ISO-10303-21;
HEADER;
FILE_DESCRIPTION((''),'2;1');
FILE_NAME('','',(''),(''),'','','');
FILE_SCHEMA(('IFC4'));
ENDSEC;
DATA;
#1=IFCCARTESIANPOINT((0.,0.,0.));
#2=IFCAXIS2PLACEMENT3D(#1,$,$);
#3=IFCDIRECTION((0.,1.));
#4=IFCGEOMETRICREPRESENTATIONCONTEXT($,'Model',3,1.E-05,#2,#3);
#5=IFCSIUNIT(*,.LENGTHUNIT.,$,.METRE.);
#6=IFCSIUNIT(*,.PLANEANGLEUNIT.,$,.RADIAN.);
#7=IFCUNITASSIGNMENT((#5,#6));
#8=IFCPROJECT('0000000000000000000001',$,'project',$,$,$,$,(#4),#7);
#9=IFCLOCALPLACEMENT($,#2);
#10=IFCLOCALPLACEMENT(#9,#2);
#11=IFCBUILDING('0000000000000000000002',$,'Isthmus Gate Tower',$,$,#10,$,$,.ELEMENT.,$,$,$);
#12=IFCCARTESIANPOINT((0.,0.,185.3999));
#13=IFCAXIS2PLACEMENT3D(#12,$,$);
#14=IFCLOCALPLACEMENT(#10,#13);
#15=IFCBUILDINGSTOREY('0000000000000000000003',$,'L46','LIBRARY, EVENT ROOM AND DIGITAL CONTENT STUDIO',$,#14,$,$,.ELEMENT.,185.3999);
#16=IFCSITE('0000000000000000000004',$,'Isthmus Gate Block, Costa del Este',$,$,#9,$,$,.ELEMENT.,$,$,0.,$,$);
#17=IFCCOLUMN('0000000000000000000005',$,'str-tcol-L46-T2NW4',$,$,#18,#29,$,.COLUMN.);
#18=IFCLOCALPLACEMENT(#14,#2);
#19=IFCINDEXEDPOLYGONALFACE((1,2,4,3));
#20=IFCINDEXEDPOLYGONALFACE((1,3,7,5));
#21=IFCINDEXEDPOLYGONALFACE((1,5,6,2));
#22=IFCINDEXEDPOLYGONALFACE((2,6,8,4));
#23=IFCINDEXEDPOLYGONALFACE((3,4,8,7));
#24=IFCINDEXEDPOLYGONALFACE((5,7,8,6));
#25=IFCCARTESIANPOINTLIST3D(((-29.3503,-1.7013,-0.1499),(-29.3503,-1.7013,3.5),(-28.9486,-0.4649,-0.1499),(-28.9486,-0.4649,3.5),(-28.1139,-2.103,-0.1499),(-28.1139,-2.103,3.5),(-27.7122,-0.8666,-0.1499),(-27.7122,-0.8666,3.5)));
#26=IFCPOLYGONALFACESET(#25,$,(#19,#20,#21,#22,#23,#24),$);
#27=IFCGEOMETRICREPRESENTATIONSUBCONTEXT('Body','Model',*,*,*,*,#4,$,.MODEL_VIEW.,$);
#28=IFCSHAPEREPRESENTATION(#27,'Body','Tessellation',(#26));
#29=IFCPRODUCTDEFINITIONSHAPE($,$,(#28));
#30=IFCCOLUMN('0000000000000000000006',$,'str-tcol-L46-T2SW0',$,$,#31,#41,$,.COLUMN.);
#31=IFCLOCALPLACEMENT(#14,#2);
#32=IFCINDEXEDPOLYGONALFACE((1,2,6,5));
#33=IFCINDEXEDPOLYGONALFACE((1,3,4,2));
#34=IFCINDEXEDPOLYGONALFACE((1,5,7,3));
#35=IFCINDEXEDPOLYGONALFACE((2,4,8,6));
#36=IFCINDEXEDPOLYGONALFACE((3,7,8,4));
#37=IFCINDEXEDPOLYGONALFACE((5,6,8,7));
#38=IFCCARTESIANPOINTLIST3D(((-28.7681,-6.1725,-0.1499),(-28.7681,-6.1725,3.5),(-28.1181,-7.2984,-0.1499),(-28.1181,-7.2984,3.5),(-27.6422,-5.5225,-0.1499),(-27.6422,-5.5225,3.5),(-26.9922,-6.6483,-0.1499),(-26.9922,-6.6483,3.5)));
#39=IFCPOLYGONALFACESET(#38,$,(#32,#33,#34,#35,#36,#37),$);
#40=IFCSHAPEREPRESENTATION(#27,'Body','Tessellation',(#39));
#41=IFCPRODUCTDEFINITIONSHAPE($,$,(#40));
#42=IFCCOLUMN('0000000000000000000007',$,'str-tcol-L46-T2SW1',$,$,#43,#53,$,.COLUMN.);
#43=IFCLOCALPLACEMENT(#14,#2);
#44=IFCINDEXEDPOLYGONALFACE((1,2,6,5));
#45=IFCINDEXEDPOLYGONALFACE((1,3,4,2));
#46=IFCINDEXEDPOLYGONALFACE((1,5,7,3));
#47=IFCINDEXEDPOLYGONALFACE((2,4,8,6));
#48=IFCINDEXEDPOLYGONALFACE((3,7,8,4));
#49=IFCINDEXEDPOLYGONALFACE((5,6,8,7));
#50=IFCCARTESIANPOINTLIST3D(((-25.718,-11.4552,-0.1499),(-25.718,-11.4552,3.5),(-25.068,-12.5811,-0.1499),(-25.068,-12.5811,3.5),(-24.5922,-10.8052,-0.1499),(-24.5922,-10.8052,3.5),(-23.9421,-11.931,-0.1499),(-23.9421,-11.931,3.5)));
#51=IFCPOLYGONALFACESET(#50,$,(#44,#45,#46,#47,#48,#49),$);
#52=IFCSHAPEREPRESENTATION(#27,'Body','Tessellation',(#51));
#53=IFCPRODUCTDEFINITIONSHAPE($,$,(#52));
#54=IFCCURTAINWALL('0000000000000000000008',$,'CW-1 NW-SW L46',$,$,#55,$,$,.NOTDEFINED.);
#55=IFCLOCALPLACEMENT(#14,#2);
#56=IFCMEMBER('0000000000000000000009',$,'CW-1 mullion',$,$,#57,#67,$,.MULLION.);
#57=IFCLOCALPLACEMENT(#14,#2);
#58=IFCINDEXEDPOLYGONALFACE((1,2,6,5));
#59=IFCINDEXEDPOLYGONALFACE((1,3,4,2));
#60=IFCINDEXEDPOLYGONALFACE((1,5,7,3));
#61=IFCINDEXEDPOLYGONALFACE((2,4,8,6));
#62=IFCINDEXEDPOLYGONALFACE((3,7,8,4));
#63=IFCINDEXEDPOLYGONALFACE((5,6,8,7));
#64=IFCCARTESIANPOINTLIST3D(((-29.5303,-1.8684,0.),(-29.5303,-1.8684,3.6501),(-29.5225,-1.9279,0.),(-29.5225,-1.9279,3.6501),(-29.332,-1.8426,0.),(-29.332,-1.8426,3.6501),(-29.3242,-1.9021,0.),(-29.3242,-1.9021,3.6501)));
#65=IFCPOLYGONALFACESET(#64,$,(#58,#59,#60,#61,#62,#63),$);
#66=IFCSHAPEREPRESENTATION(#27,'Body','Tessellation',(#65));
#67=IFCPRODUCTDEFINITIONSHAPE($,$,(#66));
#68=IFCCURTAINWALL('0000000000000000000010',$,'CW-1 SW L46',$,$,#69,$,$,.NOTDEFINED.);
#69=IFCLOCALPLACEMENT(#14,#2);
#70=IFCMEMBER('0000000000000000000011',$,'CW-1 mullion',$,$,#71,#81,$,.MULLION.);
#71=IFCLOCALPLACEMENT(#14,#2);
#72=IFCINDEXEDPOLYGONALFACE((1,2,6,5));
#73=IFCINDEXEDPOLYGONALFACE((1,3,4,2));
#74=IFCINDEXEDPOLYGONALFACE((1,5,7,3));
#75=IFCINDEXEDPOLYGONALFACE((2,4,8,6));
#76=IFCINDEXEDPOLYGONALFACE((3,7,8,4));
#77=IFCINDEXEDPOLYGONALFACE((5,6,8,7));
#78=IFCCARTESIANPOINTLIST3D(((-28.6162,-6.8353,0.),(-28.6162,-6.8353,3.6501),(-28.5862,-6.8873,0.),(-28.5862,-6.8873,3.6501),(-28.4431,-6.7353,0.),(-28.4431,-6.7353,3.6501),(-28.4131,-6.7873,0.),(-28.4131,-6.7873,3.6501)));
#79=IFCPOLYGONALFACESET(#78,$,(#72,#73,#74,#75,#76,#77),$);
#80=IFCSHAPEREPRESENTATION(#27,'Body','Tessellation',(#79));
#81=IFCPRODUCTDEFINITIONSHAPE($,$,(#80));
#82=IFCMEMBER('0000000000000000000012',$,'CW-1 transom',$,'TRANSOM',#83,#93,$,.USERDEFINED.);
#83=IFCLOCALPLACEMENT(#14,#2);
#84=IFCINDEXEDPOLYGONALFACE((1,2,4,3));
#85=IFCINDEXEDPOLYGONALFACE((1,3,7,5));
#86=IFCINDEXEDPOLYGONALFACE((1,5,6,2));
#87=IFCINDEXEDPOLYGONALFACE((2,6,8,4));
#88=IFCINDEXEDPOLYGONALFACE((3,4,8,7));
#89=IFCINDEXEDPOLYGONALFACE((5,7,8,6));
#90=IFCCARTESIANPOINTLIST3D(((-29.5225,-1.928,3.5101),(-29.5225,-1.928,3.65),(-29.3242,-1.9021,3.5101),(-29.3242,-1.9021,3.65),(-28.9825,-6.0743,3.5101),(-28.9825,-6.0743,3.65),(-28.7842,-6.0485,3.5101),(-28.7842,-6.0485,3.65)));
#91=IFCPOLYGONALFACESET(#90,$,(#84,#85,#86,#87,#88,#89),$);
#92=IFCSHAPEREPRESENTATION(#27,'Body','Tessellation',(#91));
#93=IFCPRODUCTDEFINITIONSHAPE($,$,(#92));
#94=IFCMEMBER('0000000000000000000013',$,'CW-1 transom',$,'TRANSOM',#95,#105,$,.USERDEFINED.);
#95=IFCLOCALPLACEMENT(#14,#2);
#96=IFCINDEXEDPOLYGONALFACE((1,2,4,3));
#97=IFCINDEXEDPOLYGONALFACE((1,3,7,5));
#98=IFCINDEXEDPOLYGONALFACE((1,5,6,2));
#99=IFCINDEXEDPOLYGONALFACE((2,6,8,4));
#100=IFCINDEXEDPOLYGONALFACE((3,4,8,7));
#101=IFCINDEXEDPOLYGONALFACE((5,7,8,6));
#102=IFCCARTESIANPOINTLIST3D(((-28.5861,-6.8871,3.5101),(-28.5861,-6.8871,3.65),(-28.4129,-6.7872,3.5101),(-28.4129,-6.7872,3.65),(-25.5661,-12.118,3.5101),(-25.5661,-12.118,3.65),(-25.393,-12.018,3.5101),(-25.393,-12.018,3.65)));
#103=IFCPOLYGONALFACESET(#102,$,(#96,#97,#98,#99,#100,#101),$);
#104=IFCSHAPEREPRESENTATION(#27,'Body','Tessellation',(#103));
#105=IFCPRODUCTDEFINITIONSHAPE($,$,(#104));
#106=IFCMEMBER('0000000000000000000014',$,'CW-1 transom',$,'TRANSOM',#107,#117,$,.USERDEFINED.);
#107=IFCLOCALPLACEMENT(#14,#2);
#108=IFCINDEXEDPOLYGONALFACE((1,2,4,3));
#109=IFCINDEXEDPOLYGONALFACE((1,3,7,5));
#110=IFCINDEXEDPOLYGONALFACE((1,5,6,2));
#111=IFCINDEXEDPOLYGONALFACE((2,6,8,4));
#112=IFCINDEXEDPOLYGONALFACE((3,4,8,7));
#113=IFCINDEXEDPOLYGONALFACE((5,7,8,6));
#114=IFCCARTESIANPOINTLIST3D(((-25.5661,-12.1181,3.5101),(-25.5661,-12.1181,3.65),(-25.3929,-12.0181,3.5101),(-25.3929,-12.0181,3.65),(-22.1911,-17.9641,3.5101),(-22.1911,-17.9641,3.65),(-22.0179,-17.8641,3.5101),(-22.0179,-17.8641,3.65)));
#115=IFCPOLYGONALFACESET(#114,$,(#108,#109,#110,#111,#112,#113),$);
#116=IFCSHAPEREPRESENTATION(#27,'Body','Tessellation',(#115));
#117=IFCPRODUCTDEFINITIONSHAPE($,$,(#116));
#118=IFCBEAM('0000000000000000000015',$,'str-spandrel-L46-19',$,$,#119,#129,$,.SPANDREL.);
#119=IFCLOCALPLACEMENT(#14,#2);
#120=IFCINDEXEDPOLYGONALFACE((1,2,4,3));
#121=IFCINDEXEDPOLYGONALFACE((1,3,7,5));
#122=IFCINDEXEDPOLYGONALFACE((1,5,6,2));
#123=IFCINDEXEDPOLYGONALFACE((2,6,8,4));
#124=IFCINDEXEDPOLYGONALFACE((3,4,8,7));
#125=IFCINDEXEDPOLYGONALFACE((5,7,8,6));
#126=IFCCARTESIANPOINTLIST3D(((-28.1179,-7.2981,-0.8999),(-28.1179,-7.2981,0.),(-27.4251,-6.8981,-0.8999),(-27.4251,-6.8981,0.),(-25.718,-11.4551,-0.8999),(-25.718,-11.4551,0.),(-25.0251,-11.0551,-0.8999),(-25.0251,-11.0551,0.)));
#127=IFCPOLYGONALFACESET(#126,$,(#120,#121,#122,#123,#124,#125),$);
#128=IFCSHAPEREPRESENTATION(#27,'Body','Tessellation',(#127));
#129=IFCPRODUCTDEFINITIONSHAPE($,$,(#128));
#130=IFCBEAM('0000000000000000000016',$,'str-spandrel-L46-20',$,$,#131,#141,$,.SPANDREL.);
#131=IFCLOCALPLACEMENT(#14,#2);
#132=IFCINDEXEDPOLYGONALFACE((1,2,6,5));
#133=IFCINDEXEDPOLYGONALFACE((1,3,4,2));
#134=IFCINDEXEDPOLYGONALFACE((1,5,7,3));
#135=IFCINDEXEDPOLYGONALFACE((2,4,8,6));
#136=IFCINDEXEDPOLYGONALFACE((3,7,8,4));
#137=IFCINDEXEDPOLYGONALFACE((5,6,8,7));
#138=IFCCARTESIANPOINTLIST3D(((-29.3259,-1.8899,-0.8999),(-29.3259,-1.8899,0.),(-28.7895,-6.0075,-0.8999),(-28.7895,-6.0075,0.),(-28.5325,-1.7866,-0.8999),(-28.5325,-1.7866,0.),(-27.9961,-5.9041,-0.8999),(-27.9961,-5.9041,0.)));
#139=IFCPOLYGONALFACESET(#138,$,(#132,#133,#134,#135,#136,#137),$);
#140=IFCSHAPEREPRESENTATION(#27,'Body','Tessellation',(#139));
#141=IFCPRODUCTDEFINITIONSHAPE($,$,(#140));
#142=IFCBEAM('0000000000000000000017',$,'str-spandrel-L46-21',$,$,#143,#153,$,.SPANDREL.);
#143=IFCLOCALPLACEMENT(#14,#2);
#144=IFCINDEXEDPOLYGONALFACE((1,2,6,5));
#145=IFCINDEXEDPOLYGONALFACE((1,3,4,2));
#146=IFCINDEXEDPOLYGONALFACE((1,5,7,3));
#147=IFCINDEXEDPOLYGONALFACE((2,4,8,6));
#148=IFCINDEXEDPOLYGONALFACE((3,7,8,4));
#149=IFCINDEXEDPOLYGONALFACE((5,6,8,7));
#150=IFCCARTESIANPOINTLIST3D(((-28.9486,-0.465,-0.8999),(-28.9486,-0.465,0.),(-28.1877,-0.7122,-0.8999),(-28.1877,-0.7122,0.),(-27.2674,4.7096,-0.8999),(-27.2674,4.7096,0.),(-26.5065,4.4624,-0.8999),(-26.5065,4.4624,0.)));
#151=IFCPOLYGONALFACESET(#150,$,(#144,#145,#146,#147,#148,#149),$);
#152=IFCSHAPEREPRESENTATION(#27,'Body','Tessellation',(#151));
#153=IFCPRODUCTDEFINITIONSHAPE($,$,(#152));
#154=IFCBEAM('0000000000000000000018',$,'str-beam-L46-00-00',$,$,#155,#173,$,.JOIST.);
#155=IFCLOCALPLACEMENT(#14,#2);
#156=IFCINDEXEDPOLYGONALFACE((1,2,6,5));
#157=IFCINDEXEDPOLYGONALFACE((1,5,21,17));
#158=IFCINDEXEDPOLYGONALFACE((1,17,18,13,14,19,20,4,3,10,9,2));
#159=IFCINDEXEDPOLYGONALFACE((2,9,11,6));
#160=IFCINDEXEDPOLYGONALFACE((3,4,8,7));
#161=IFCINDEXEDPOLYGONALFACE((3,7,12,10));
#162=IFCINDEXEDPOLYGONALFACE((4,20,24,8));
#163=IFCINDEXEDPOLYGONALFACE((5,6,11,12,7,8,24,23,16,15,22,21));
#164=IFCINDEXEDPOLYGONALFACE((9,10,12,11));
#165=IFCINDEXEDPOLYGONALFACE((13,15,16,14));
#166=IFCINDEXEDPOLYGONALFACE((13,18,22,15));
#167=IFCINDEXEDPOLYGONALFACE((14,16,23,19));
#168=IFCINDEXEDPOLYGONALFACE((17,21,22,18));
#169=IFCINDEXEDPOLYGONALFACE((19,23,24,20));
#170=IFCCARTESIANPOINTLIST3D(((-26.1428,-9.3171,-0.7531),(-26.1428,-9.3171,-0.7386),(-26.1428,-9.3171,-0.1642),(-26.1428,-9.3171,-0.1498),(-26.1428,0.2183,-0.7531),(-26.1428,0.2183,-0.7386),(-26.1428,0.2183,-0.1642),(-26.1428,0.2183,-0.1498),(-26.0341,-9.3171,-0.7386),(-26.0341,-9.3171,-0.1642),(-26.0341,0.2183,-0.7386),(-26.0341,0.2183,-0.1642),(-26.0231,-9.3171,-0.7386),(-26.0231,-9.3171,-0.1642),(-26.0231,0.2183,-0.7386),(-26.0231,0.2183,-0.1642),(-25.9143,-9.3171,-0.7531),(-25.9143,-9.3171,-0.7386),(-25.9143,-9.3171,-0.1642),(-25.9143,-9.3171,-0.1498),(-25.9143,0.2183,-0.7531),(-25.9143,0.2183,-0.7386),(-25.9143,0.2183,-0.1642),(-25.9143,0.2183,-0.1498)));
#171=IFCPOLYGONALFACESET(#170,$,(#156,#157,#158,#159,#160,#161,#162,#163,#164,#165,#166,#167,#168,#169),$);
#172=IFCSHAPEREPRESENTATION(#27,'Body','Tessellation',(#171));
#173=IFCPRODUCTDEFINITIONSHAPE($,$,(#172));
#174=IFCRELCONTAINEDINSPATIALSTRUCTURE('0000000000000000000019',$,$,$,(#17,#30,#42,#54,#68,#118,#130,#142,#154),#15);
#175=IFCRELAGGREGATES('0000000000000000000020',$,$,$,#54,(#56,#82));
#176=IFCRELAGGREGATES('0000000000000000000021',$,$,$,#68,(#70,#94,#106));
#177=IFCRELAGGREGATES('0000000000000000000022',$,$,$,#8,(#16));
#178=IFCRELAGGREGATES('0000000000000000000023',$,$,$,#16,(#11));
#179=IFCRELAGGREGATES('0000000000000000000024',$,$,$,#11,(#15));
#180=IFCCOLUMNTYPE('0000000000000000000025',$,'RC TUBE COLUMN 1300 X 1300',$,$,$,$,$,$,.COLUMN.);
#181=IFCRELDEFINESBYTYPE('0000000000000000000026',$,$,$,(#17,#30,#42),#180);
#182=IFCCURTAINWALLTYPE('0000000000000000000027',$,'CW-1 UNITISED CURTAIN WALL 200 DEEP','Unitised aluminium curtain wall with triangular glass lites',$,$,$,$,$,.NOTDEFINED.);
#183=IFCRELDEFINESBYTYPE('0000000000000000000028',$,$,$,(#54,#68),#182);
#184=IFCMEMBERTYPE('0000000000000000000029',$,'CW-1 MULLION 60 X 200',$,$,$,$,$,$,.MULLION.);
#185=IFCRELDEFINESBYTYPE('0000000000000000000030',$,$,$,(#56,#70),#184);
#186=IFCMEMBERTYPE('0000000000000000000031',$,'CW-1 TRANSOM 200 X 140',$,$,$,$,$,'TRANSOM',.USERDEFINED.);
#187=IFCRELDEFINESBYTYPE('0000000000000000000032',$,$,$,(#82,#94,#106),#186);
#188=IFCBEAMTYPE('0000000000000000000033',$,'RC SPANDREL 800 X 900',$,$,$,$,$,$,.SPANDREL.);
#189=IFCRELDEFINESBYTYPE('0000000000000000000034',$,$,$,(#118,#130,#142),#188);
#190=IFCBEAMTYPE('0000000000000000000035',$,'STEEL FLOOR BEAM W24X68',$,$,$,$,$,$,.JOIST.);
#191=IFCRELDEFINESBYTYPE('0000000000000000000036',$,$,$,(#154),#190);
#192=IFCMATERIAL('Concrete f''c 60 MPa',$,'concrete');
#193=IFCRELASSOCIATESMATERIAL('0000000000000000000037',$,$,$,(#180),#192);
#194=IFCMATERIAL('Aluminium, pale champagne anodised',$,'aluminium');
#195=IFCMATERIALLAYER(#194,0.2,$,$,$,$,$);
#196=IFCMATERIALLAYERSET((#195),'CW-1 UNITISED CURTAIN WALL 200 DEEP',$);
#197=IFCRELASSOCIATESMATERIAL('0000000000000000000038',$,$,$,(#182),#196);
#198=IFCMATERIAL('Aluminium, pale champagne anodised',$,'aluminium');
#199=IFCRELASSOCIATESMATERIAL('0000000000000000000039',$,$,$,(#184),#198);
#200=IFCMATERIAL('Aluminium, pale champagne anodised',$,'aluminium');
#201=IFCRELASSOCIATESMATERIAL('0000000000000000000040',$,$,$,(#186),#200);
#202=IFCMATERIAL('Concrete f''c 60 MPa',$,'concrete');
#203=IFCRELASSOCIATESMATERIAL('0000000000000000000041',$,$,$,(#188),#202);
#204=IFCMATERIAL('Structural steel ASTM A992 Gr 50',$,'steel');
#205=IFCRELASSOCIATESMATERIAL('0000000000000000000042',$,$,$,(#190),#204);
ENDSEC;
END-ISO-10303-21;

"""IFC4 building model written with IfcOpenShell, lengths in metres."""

from ifc_helpers import new_model, si_unit, direction, frame, origin, origin_2d, place, context, subcontext, project, spatial, rectangle, i_section, extrude, material, layer, layer_set, material_profile, profile_set, type_object, element, aggregate, save


model = new_model("IFC4")

# Units and contexts
model_context = context("Model", 3, precision=1e-05, world=origin(), true_north=direction((0.0, 1.0)))
body_context = subcontext(model_context, "Body", "Model", "MODEL_VIEW")
ifc_project = project(units=[si_unit("LENGTHUNIT", "METRE"), si_unit("PLANEANGLEUNIT", "RADIAN")], contexts=[model_context])

# Site, building, storey
site_placement = place(None, origin())
site = spatial("IfcSite", under=ifc_project, at=site_placement, Name="Isthmus Gate Block, Costa del Este", CompositionType="ELEMENT", RefElevation=0.0)
building_placement = place(site_placement, origin())
building = spatial("IfcBuilding", under=site, at=building_placement, Name="Isthmus Gate Tower", CompositionType="ELEMENT")
storey_placement = place(building_placement, frame((0.0, 0.0, 185.3999)))
storey = spatial("IfcBuildingStorey", under=building, at=storey_placement, Name="L46", Description="LIBRARY, EVENT ROOM AND DIGITAL CONTENT STUDIO", CompositionType="ELEMENT", Elevation=185.3999)

# Columns
ifc_material_1 = material(Name="Concrete f'c 60 MPa", Category="concrete")
ifc_material_profile_1 = material_profile(ifc_material_1, rectangle(XDim=1.3, YDim=1.3, at=origin_2d()), Name="RC 1300X1300")
ifc_profile_set_1 = profile_set([ifc_material_profile_1], Name="Concrete f'c 60 MPa")
column_type = type_object("IfcColumnType", Name="RC TUBE COLUMN 1300 X 1300", PredefinedType="COLUMN", material=ifc_profile_set_1)
for number, where, z_axis, x_axis, name in (
    (1, (-28.5312, -1.2839, -0.1499), (0.0, 0.0, 1.0), (-0.309017, -0.951057, 0.0), "str-tcol-L46-T2NW4"),
    (2, (-27.8801, -6.4104, -0.1499), (0.0, 0.0, 1.0), (0.5, -0.866025, 0.0), "str-tcol-L46-T2SW0"),
    (3, (-24.8301, -11.6931, -0.1499), (0.0, 0.0, 1.0), (0.5, -0.866025, 0.0), "str-tcol-L46-T2SW1"),
):
    element("IfcColumn", number, at=place(storey_placement, frame(where, z_axis=z_axis, x_axis=x_axis)), inside=storey, type_object=column_type, Name=name, PredefinedType="COLUMN", context=body_context, shape_type="SweptSolid", body=[
        extrude(rectangle(XDim=1.3, YDim=1.3, at=origin_2d()), origin(), (0.0, 0.0, 1.0), 3.6499),
    ])

# Curtain walls, members
ifc_material_2 = material(Name="Aluminium, pale champagne anodised", Category="aluminium")
ifc_layer_1 = layer(ifc_material_2, 0.2)
ifc_layer_set_1 = layer_set([ifc_layer_1], Name="CW-1 UNITISED CURTAIN WALL 200 DEEP")
curtain_wall_type = type_object("IfcCurtainWallType", Name="CW-1 UNITISED CURTAIN WALL 200 DEEP", Description="Unitised aluminium curtain wall with triangular glass lites", PredefinedType="NOTDEFINED", material=ifc_layer_set_1)
curtain_wall_1_placement = place(storey_placement, origin())
curtain_wall_1 = element("IfcCurtainWall", 4, at=curtain_wall_1_placement, inside=storey, type_object=curtain_wall_type, Name="CW-1 NW-SW L46", PredefinedType="NOTDEFINED")
ifc_material_3 = material(Name="Aluminium, pale champagne anodised", Category="aluminium")
ifc_material_profile_2 = material_profile(ifc_material_3, rectangle(XDim=0.0601, YDim=0.2, at=origin_2d()), Name="60x200")
ifc_profile_set_2 = profile_set([ifc_material_profile_2], Name="Aluminium, pale champagne anodised")
member_type_1 = type_object("IfcMemberType", Name="CW-1 MULLION 60 X 200", PredefinedType="MULLION", material=ifc_profile_set_2)
member_1_placement = place(storey_placement, frame((-29.4272, -1.8853, 0.0), z_axis=(0.0, 0.0, 1.0), x_axis=(0.129165, -0.991623, 0.0)))
member_1 = element("IfcMember", 5, at=member_1_placement, type_object=member_type_1, Name="CW-1 mullion", PredefinedType="MULLION", context=body_context, shape_type="SweptSolid", body=[
    extrude(rectangle(XDim=0.0601, YDim=0.2, at=origin_2d()), origin(), (0.0, 0.0, 1.0), 3.6501),
])
curtain_wall_2_placement = place(storey_placement, origin())
curtain_wall_2 = element("IfcCurtainWall", 6, at=curtain_wall_2_placement, inside=storey, type_object=curtain_wall_type, Name="CW-1 SW L46", PredefinedType="NOTDEFINED")
member_2_placement = place(storey_placement, frame((-28.5146, -6.8113, 0.0), z_axis=(0.0, 0.0, 1.0), x_axis=(0.5, -0.866025, 0.0)))
member_2 = element("IfcMember", 7, at=member_2_placement, type_object=member_type_1, Name="CW-1 mullion", PredefinedType="MULLION", context=body_context, shape_type="SweptSolid", body=[
    extrude(rectangle(XDim=0.0601, YDim=0.2, at=origin_2d()), origin(), (0.0, 0.0, 1.0), 3.6501),
])

# Members
ifc_material_4 = material(Name="Aluminium, pale champagne anodised", Category="aluminium")
ifc_material_profile_3 = material_profile(ifc_material_4, rectangle(XDim=0.2, YDim=0.1399, at=origin_2d()), Name="200x140")
ifc_profile_set_3 = profile_set([ifc_material_profile_3], Name="Aluminium, pale champagne anodised")
member_type_2 = type_object("IfcMemberType", Name="CW-1 TRANSOM 200 X 140", ElementType="TRANSOM", PredefinedType="USERDEFINED", material=ifc_profile_set_3)
member_3_placement = place(storey_placement, frame((-29.4233, -1.915, 3.5801), z_axis=(0.129149, -0.991625, 0.0), x_axis=(0.991625, 0.129149, 0.0)))
member_3 = element("IfcMember", 8, at=member_3_placement, type_object=member_type_2, Name="CW-1 transom", ObjectType="TRANSOM", PredefinedType="USERDEFINED", context=body_context, shape_type="SweptSolid", body=[
    extrude(rectangle(XDim=0.2, YDim=0.1399, at=origin_2d()), origin(), (0.0, 0.0, 1.0), 4.1814),
])
member_4_placement = place(storey_placement, frame((-28.4995, -6.8372, 3.5801), z_axis=(0.499991, -0.866031, 0.0), x_axis=(0.866031, 0.499991, 0.0)))
member_4 = element("IfcMember", 9, at=member_4_placement, type_object=member_type_2, Name="CW-1 transom", ObjectType="TRANSOM", PredefinedType="USERDEFINED", context=body_context, shape_type="SweptSolid", body=[
    extrude(rectangle(XDim=0.2, YDim=0.1399, at=origin_2d()), origin(), (0.0, 0.0, 1.0), 6.04),
])
member_5_placement = place(storey_placement, frame((-25.4795, -12.0681, 3.5801), z_axis=(0.499982, -0.866036, 0.0), x_axis=(0.866036, 0.499982, 0.0)))
member_5 = element("IfcMember", 10, at=member_5_placement, type_object=member_type_2, Name="CW-1 transom", ObjectType="TRANSOM", PredefinedType="USERDEFINED", context=body_context, shape_type="SweptSolid", body=[
    extrude(rectangle(XDim=0.2, YDim=0.1399, at=origin_2d()), origin(), (0.0, 0.0, 1.0), 6.7502),
])

# Beams
ifc_material_5 = material(Name="Concrete f'c 60 MPa", Category="concrete")
ifc_material_profile_4 = material_profile(ifc_material_5, rectangle(XDim=0.8, YDim=0.8999, at=origin_2d()), Name="RC 800X900")
ifc_profile_set_4 = profile_set([ifc_material_profile_4], Name="Concrete f'c 60 MPa")
beam_type_1 = type_object("IfcBeamType", Name="RC SPANDREL 800 X 900", PredefinedType="SPANDREL", material=ifc_profile_set_4)
beam_1_placement = place(storey_placement, frame((-25.3716, -11.2551, -0.45), z_axis=(-0.499979, 0.866037, 0.0), x_axis=(-0.866037, -0.499979, 0.0)))
element("IfcBeam", 11, at=beam_1_placement, inside=storey, type_object=beam_type_1, Name="str-spandrel-L46-19", PredefinedType="SPANDREL", context=body_context, shape_type="SweptSolid", body=[
    extrude(rectangle(XDim=0.8, YDim=0.8999, at=origin_2d()), origin(), (0.0, 0.0, 1.0), 4.8),
])
beam_2_placement = place(storey_placement, frame((-28.3928, -5.9558, -0.45), z_axis=(-0.129171, 0.991622, 0.0), x_axis=(-0.991622, -0.129171, 0.0)))
element("IfcBeam", 12, at=beam_2_placement, inside=storey, type_object=beam_type_1, Name="str-spandrel-L46-20", PredefinedType="SPANDREL", context=body_context, shape_type="SweptSolid", body=[
    extrude(rectangle(XDim=0.8, YDim=0.8999, at=origin_2d()), origin(), (0.0, 0.0, 1.0), 4.1523),
])
beam_3_placement = place(storey_placement, frame((-28.5681, -0.5886, -0.45), z_axis=(0.30899, 0.951065, 0.0), x_axis=(-0.951065, 0.30899, 0.0)))
element("IfcBeam", 13, at=beam_3_placement, inside=storey, type_object=beam_type_1, Name="str-spandrel-L46-21", PredefinedType="SPANDREL", context=body_context, shape_type="SweptSolid", body=[
    extrude(rectangle(XDim=0.8, YDim=0.8999, at=origin_2d()), origin(), (0.0, 0.0, 1.0), 5.4409),
])
ifc_material_6 = material(Name="Structural steel ASTM A992 Gr 50", Category="steel")
ifc_material_profile_5 = material_profile(ifc_material_6, i_section(OverallWidth=0.2285, OverallDepth=0.6033, WebThickness=0.011, FlangeThickness=0.0144, at=origin_2d()), Name="W24X68")
ifc_profile_set_5 = profile_set([ifc_material_profile_5], Name="Structural steel ASTM A992 Gr 50")
beam_type_2 = type_object("IfcBeamType", Name="STEEL FLOOR BEAM W24X68", PredefinedType="JOIST", material=ifc_profile_set_5)
beam_4_placement = place(storey_placement, frame((-26.0286, -9.3171, -0.4514), z_axis=(0.0, 1.0, 0.0), x_axis=(-1.0, 0.0, 0.0)))
element("IfcBeam", 14, at=beam_4_placement, inside=storey, type_object=beam_type_2, Name="str-beam-L46-00-00", PredefinedType="JOIST", context=body_context, shape_type="SweptSolid", body=[
    extrude(i_section(OverallWidth=0.2285, OverallDepth=0.6033, WebThickness=0.011, FlangeThickness=0.0144, at=origin_2d()), origin(), (0.0, 0.0, 1.0), 9.5354),
])

aggregate(curtain_wall_1, [member_1, member_3])
aggregate(curtain_wall_2, [member_2, member_4, member_5])

save(model, "model.ifc")
